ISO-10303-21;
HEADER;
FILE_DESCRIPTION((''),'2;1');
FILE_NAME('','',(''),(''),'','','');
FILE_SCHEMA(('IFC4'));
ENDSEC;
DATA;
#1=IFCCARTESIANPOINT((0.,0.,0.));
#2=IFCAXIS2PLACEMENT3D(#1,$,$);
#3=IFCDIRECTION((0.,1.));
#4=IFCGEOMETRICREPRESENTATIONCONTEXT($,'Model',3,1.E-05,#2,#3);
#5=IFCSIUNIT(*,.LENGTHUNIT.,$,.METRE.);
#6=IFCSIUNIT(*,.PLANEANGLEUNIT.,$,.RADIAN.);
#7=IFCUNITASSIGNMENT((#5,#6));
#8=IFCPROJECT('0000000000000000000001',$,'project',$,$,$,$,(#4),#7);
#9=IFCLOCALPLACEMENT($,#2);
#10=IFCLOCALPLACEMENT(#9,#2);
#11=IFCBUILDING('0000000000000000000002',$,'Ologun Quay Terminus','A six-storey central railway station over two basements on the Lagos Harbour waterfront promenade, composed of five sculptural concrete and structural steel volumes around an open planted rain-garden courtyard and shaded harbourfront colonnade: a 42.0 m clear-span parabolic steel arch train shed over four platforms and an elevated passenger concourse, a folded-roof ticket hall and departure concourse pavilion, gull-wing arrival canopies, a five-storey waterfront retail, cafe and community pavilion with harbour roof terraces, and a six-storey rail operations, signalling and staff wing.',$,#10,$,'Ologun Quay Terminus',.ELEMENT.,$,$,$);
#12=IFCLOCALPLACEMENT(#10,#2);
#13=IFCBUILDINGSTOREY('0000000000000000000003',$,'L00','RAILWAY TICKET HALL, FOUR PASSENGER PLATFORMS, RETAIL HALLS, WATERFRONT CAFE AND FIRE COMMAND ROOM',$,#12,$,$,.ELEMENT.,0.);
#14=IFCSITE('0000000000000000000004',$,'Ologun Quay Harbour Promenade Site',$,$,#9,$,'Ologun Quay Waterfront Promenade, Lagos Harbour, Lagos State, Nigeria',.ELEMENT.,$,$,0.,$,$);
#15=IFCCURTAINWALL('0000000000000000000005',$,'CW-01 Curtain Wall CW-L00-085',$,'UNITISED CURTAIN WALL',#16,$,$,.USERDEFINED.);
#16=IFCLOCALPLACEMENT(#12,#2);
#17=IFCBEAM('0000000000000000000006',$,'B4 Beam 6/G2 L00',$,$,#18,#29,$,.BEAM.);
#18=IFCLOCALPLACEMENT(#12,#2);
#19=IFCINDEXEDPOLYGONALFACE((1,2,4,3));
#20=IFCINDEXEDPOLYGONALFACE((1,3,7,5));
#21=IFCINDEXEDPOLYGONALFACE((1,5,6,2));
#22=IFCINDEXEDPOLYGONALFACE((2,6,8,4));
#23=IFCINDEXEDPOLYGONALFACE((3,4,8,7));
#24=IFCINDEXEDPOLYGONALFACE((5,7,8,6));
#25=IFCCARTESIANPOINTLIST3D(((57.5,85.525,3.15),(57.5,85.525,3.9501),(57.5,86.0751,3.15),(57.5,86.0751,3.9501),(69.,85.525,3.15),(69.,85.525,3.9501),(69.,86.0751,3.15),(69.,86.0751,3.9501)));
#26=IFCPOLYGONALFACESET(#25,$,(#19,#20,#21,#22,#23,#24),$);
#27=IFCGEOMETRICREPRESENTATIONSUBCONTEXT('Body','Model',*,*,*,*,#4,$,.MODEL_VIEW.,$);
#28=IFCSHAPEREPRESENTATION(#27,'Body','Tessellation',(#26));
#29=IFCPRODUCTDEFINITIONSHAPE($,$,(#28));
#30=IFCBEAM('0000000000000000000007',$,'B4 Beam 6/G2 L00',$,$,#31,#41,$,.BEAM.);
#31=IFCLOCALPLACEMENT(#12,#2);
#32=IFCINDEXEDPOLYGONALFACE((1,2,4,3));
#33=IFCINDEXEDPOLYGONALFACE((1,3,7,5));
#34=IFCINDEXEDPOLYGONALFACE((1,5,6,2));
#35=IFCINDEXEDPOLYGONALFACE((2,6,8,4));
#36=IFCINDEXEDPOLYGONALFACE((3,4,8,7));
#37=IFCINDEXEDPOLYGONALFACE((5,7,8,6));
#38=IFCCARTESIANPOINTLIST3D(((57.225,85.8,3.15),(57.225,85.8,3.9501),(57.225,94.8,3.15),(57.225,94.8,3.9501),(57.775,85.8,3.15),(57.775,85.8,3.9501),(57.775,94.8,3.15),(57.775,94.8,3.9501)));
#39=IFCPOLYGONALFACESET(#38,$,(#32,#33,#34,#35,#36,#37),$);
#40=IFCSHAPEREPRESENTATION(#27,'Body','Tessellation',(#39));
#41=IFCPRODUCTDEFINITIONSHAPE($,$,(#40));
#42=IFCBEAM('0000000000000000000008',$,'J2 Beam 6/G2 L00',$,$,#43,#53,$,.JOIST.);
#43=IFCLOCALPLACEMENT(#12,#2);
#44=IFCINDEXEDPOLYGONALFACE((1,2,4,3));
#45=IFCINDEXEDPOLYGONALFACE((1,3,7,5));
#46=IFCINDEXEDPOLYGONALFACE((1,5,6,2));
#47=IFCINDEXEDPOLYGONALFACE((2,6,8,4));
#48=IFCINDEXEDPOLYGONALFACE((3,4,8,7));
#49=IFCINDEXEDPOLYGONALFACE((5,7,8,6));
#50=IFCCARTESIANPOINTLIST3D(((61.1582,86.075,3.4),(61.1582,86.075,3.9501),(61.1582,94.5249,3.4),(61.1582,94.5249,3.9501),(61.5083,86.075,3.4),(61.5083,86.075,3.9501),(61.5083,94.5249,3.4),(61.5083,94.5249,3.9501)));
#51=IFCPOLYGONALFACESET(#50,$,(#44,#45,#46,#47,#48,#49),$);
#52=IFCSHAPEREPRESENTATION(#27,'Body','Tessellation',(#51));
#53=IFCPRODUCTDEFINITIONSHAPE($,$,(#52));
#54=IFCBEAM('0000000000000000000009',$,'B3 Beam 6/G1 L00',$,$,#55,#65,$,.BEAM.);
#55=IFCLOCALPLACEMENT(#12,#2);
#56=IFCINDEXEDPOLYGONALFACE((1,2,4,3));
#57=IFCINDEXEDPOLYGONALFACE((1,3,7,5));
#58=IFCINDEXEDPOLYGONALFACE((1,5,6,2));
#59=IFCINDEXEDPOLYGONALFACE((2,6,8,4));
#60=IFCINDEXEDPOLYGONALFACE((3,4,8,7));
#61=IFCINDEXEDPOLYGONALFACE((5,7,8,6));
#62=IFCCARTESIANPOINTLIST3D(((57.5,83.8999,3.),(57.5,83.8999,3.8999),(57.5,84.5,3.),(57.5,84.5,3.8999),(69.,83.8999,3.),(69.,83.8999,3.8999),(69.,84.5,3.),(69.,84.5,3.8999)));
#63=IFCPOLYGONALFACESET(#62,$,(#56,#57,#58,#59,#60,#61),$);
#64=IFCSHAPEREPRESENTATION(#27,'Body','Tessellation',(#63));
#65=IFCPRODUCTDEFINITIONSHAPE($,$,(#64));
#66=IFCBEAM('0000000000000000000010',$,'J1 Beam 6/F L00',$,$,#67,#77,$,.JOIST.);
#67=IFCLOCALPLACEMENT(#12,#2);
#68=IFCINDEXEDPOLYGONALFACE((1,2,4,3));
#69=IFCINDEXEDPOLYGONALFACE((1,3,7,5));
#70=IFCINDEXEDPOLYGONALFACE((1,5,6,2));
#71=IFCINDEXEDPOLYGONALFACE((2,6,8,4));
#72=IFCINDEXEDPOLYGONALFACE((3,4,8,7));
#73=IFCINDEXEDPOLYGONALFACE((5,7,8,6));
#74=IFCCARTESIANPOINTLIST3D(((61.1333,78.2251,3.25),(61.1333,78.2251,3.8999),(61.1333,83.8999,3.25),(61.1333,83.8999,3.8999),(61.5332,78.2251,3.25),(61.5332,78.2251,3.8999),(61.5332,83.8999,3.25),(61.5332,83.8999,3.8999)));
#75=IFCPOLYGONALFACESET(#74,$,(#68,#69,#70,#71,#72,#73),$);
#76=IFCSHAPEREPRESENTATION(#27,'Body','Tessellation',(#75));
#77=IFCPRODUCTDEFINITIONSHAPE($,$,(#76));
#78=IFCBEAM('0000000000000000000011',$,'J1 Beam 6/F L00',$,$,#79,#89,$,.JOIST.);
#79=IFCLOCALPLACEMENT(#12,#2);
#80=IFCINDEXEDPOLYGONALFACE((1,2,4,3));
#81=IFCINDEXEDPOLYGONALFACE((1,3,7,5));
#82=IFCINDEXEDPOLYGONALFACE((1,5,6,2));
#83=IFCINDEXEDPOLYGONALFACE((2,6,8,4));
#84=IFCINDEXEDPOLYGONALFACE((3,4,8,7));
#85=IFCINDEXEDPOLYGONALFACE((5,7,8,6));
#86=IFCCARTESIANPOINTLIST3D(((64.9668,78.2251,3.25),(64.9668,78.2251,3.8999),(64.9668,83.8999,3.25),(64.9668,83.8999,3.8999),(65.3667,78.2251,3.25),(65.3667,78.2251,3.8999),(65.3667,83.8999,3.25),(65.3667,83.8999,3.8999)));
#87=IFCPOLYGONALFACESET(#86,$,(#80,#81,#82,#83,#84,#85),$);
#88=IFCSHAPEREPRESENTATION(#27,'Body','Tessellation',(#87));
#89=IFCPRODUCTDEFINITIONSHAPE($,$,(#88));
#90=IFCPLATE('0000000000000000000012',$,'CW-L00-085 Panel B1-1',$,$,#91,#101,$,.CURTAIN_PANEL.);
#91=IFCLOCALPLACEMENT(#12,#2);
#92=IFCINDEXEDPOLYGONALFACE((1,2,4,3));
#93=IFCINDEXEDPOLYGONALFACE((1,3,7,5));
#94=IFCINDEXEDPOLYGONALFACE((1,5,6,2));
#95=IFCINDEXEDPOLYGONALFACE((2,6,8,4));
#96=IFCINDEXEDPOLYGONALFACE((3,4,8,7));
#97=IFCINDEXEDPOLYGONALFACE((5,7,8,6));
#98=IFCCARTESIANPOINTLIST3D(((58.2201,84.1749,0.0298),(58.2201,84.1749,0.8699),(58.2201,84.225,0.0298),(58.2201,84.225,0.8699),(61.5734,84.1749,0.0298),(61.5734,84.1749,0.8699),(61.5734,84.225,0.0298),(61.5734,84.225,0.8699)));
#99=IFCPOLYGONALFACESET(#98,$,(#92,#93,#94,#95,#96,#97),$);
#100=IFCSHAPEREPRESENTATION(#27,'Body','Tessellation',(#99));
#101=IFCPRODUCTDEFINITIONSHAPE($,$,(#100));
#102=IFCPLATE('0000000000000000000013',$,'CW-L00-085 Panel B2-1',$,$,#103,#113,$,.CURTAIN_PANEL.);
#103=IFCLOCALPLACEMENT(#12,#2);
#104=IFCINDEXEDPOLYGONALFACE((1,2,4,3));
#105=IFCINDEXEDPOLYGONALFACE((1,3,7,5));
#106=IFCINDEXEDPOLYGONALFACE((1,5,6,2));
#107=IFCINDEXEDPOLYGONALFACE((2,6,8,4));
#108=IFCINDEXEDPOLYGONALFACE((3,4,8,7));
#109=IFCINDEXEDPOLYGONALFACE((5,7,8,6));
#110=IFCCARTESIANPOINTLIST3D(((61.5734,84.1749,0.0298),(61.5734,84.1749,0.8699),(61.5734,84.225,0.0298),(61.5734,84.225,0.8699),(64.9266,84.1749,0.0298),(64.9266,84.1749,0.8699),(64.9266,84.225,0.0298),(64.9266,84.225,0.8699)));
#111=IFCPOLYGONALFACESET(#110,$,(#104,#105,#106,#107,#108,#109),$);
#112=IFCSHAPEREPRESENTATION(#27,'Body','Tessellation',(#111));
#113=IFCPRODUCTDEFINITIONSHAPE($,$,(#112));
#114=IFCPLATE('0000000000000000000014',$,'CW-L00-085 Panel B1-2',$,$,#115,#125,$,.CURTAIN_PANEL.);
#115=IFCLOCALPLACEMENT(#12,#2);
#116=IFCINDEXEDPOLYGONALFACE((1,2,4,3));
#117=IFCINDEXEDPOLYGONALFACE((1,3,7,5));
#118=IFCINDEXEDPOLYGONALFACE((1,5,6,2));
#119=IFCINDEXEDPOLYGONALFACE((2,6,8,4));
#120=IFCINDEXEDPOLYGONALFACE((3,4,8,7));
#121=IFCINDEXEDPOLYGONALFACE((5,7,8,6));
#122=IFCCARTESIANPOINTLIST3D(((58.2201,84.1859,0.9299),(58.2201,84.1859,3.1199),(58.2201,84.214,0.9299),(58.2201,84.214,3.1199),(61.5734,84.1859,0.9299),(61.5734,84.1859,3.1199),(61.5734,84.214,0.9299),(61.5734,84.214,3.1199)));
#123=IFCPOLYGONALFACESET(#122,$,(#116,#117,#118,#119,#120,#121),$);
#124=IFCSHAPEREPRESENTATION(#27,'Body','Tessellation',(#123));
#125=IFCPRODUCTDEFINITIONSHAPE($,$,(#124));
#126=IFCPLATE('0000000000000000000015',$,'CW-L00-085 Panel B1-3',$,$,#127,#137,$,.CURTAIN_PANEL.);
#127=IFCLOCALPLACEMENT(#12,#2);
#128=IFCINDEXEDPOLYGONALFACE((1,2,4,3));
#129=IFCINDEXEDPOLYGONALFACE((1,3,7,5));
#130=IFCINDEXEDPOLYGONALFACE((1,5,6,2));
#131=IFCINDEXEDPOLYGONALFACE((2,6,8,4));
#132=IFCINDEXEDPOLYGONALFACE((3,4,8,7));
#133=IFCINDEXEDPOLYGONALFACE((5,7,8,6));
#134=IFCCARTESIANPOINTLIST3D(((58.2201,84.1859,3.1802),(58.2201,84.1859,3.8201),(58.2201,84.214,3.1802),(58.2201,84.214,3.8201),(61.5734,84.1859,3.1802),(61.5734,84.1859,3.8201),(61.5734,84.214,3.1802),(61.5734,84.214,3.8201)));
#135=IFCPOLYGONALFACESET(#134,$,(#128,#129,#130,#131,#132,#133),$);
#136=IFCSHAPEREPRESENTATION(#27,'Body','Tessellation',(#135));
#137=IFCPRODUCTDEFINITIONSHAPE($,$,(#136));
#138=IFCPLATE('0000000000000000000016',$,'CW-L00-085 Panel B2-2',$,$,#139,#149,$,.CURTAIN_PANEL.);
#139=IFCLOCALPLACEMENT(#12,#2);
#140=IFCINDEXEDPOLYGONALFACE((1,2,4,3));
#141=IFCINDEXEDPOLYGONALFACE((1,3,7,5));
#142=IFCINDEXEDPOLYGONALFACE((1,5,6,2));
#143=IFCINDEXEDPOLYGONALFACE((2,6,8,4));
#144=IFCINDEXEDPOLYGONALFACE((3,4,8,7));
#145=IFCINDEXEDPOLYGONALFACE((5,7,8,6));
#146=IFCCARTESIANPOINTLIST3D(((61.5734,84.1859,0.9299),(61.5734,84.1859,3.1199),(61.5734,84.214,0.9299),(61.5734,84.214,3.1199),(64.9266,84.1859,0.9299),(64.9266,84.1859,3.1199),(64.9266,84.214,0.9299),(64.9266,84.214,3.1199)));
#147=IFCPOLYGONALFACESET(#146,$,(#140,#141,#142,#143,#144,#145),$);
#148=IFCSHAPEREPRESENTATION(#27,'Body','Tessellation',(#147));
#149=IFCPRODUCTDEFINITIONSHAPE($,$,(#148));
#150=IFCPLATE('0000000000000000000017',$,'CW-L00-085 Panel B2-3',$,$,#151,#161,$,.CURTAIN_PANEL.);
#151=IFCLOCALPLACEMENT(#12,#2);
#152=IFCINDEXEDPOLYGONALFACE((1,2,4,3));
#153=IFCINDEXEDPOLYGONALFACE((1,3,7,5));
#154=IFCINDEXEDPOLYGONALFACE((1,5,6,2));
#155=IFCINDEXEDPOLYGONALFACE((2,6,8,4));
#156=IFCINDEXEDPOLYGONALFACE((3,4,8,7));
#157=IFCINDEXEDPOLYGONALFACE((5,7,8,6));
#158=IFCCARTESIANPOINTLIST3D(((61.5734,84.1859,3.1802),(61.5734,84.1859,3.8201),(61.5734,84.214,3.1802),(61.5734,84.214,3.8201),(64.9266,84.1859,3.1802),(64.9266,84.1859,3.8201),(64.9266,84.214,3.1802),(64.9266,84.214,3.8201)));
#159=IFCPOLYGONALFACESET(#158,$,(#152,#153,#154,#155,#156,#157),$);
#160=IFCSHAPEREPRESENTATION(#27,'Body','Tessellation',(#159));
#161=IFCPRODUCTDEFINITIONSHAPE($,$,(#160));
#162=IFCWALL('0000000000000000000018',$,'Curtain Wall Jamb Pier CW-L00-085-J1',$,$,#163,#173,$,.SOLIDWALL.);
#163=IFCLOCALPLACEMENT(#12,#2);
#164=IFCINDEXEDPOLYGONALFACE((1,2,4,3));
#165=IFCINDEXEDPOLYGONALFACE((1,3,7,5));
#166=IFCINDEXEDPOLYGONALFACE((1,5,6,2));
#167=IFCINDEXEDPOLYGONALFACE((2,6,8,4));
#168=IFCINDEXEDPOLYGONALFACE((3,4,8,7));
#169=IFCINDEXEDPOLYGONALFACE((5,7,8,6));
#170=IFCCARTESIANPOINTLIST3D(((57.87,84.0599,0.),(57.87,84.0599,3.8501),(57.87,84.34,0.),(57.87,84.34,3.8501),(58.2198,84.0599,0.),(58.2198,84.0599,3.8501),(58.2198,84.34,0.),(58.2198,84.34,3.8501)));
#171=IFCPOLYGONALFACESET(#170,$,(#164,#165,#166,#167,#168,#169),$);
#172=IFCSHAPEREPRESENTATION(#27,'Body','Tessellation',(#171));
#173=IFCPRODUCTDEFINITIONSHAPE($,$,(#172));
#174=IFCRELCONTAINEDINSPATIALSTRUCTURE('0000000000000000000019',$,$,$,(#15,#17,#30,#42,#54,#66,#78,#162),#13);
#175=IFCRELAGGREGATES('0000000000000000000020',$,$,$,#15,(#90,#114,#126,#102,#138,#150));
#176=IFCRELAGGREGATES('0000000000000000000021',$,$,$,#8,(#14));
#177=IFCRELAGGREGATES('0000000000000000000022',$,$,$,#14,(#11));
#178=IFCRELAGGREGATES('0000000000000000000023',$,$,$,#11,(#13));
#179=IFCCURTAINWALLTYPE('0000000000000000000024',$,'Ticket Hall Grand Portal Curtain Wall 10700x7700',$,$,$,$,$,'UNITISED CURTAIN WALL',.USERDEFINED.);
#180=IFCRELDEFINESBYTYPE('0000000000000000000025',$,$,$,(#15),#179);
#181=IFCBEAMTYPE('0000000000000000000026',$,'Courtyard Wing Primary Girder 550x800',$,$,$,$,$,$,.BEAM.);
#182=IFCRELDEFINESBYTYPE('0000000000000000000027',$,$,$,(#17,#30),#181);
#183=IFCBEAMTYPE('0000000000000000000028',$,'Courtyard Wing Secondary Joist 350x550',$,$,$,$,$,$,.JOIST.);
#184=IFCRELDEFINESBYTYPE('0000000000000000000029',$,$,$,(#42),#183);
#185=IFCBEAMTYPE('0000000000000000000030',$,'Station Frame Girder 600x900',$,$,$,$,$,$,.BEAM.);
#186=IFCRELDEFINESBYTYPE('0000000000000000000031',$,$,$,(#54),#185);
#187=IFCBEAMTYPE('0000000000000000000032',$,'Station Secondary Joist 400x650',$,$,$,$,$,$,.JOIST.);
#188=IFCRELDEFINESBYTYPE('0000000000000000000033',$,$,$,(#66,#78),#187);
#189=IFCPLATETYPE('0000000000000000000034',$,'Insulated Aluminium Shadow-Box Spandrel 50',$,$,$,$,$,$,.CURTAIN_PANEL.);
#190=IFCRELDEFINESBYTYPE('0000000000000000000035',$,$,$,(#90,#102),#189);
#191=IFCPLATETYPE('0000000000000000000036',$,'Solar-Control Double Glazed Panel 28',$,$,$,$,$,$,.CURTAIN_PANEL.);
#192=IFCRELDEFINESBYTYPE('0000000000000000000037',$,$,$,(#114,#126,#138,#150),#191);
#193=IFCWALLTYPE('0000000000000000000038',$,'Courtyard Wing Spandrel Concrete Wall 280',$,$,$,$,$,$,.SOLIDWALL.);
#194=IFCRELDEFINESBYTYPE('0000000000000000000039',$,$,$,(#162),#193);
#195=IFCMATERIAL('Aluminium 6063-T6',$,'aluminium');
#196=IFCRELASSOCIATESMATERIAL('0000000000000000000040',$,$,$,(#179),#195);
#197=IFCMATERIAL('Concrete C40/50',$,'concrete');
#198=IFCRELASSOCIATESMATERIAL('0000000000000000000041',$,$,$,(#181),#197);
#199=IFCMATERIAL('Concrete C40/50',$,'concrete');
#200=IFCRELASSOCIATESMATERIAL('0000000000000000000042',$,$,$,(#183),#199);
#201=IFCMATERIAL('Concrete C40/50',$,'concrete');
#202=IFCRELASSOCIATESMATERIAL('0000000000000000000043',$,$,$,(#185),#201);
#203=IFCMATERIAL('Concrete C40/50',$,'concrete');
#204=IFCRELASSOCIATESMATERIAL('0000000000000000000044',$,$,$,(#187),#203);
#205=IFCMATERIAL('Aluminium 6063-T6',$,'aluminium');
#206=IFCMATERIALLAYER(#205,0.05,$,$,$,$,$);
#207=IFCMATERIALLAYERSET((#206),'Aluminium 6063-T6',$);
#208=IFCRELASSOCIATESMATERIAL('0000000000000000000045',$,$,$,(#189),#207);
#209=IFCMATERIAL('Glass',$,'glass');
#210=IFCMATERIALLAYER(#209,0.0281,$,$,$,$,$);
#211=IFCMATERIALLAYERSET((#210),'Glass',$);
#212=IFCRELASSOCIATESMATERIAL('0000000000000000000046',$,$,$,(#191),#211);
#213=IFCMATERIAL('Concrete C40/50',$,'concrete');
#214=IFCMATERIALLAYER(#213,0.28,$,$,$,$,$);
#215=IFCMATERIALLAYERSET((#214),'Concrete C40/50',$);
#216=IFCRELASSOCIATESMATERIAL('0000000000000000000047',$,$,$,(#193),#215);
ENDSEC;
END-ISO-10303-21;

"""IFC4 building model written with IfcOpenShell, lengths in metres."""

from ifc_helpers import new_model, si_unit, direction, frame, frame_2d, origin, origin_2d, place, context, subcontext, project, spatial, rectangle, extrude, material, layer, layer_set, material_profile, profile_set, type_object, element, aggregate, save


model = new_model("IFC4")

# Units and contexts
model_context = context("Model", 3, precision=1e-05, world=origin(), true_north=direction((0.0, 1.0)))
body_context = subcontext(model_context, "Body", "Model", "MODEL_VIEW")
ifc_project = project(units=[si_unit("LENGTHUNIT", "METRE"), si_unit("PLANEANGLEUNIT", "RADIAN")], contexts=[model_context])

# Site, building, storey
site_placement = place(None, origin())
site = spatial("IfcSite", under=ifc_project, at=site_placement, Name="Ologun Quay Harbour Promenade Site", LongName="Ologun Quay Waterfront Promenade, Lagos Harbour, Lagos State, Nigeria", CompositionType="ELEMENT", RefElevation=0.0)
building_placement = place(site_placement, origin())
building = spatial("IfcBuilding", under=site, at=building_placement, Name="Ologun Quay Terminus", Description="A six-storey central railway station over two basements on the Lagos Harbour waterfront promenade, composed of five sculptural concrete and structural steel volumes around an open planted rain-garden courtyard and shaded harbourfront colonnade: a 42.0 m clear-span parabolic steel arch train shed over four platforms and an elevated passenger concourse, a folded-roof ticket hall and departure concourse pavilion, gull-wing arrival canopies, a five-storey waterfront retail, cafe and community pavilion with harbour roof terraces, and a six-storey rail operations, signalling and staff wing.", LongName="Ologun Quay Terminus", CompositionType="ELEMENT")
storey_placement = place(building_placement, origin())
storey = spatial("IfcBuildingStorey", under=building, at=storey_placement, Name="L00", Description="RAILWAY TICKET HALL, FOUR PASSENGER PLATFORMS, RETAIL HALLS, WATERFRONT CAFE AND FIRE COMMAND ROOM", CompositionType="ELEMENT", Elevation=0.0)

# Curtain wall
ifc_material_1 = material(Name="Aluminium 6063-T6", Category="aluminium")
curtain_wall_type = type_object("IfcCurtainWallType", Name="Ticket Hall Grand Portal Curtain Wall 10700x7700", ElementType="UNITISED CURTAIN WALL", PredefinedType="USERDEFINED", material=ifc_material_1)
curtain_wall_placement = place(storey_placement, origin())
curtain_wall = element("IfcCurtainWall", 1, at=curtain_wall_placement, inside=storey, type_object=curtain_wall_type, Name="CW-01 Curtain Wall CW-L00-085", ObjectType="UNITISED CURTAIN WALL", PredefinedType="USERDEFINED")

# Beams
ifc_material_2 = material(Name="Concrete C40/50", Category="concrete")
ifc_material_profile_1 = material_profile(ifc_material_2, rectangle(XDim=0.55, YDim=0.8, at=origin_2d()), Name="RC 550x800")
ifc_profile_set_1 = profile_set([ifc_material_profile_1], Name="Concrete C40/50")
beam_type_1 = type_object("IfcBeamType", Name="Courtyard Wing Primary Girder 550x800", PredefinedType="BEAM", material=ifc_profile_set_1)
beam_1_placement = place(storey_placement, frame((57.5, 85.8, 3.55), z_axis=(1.0, 0.0, 0.0), x_axis=(0.0, 1.0, 0.0)))
element("IfcBeam", 2, at=beam_1_placement, inside=storey, type_object=beam_type_1, Name="B4 Beam 6/G2 L00", PredefinedType="BEAM", context=body_context, shape_type="SweptSolid", body=[
    extrude(rectangle(XDim=0.55, YDim=0.8, at=origin_2d()), origin(), (0.0, 0.0, 1.0), 11.5),
])
beam_2_placement = place(storey_placement, frame((57.5, 85.8, 3.55), z_axis=(0.0, 1.0, 0.0), x_axis=(-1.0, 0.0, 0.0)))
element("IfcBeam", 3, at=beam_2_placement, inside=storey, type_object=beam_type_1, Name="B4 Beam 6/G2 L00", PredefinedType="BEAM", context=body_context, shape_type="SweptSolid", body=[
    extrude(rectangle(XDim=0.55, YDim=0.8, at=origin_2d()), origin(), (0.0, 0.0, 1.0), 9.0),
])
ifc_material_3 = material(Name="Concrete C40/50", Category="concrete")
ifc_material_profile_2 = material_profile(ifc_material_3, rectangle(XDim=0.3501, YDim=0.55, at=origin_2d()), Name="RC 350x550")
ifc_profile_set_2 = profile_set([ifc_material_profile_2], Name="Concrete C40/50")
beam_type_2 = type_object("IfcBeamType", Name="Courtyard Wing Secondary Joist 350x550", PredefinedType="JOIST", material=ifc_profile_set_2)
beam_3_placement = place(storey_placement, frame((61.3333, 86.075, 3.675), z_axis=(0.0, 1.0, 0.0), x_axis=(-1.0, 0.0, 0.0)))
element("IfcBeam", 4, at=beam_3_placement, inside=storey, type_object=beam_type_2, Name="J2 Beam 6/G2 L00", PredefinedType="JOIST", context=body_context, shape_type="SweptSolid", body=[
    extrude(rectangle(XDim=0.3501, YDim=0.55, at=origin_2d()), origin(), (0.0, 0.0, 1.0), 8.45),
])
ifc_material_4 = material(Name="Concrete C40/50", Category="concrete")
ifc_material_profile_3 = material_profile(ifc_material_4, rectangle(XDim=0.6001, YDim=0.8999, at=origin_2d()), Name="RC 600x900")
ifc_profile_set_3 = profile_set([ifc_material_profile_3], Name="Concrete C40/50")
beam_type_3 = type_object("IfcBeamType", Name="Station Frame Girder 600x900", PredefinedType="BEAM", material=ifc_profile_set_3)
beam_4_placement = place(storey_placement, frame((57.5, 84.2, 3.45), z_axis=(1.0, 0.0, 0.0), x_axis=(0.0, 1.0, 0.0)))
element("IfcBeam", 5, at=beam_4_placement, inside=storey, type_object=beam_type_3, Name="B3 Beam 6/G1 L00", PredefinedType="BEAM", context=body_context, shape_type="SweptSolid", body=[
    extrude(rectangle(XDim=0.6001, YDim=0.8999, at=origin_2d()), origin(), (0.0, 0.0, 1.0), 11.5),
])
ifc_material_5 = material(Name="Concrete C40/50", Category="concrete")
ifc_material_profile_4 = material_profile(ifc_material_5, rectangle(XDim=0.3999, YDim=0.6499, at=origin_2d()), Name="RC 400x650")
ifc_profile_set_4 = profile_set([ifc_material_profile_4], Name="Concrete C40/50")
beam_type_4 = type_object("IfcBeamType", Name="Station Secondary Joist 400x650", PredefinedType="JOIST", material=ifc_profile_set_4)
for number, where, z_axis, x_axis, name in (
    (6, (61.3333, 78.2251, 3.575), (0.0, 1.0, 0.0), (-1.0, 0.0, 0.0), "J1 Beam 6/F L00"),
    (7, (65.1667, 78.2251, 3.575), (0.0, 1.0, 0.0), (-1.0, 0.0, 0.0), "J1 Beam 6/F L00"),
):
    element("IfcBeam", number, at=place(storey_placement, frame(where, z_axis=z_axis, x_axis=x_axis)), inside=storey, type_object=beam_type_4, Name=name, PredefinedType="JOIST", context=body_context, shape_type="SweptSolid", body=[
        extrude(rectangle(XDim=0.3999, YDim=0.6499, at=origin_2d()), origin(), (0.0, 0.0, 1.0), 5.6748),
    ])

# Plates
ifc_material_6 = material(Name="Aluminium 6063-T6", Category="aluminium")
ifc_layer_1 = layer(ifc_material_6, 0.05)
ifc_layer_set_1 = layer_set([ifc_layer_1], Name="Aluminium 6063-T6")
plate_type_1 = type_object("IfcPlateType", Name="Insulated Aluminium Shadow-Box Spandrel 50", PredefinedType="CURTAIN_PANEL", material=ifc_layer_set_1)
plate_1_placement = place(storey_placement, frame((59.8967, 84.2, 0.0298), z_axis=(0.0, 0.0, 1.0), x_axis=(1.0, 0.0, 0.0)))
plate_1 = element("IfcPlate", 8, at=plate_1_placement, type_object=plate_type_1, Name="CW-L00-085 Panel B1-1", PredefinedType="CURTAIN_PANEL", context=body_context, shape_type="SweptSolid", body=[
    extrude(rectangle(XDim=3.3533, YDim=0.05, at=origin_2d()), origin(), (0.0, 0.0, 1.0), 0.8401),
])
plate_2_placement = place(storey_placement, frame((63.25, 84.2, 0.0298), z_axis=(0.0, 0.0, 1.0), x_axis=(1.0, 0.0, 0.0)))
plate_2 = element("IfcPlate", 9, at=plate_2_placement, type_object=plate_type_1, Name="CW-L00-085 Panel B2-1", PredefinedType="CURTAIN_PANEL", context=body_context, shape_type="SweptSolid", body=[
    extrude(rectangle(XDim=3.3533, YDim=0.05, at=origin_2d()), origin(), (0.0, 0.0, 1.0), 0.8401),
])
ifc_material_7 = material(Name="Glass", Category="glass")
ifc_layer_2 = layer(ifc_material_7, 0.0281)
ifc_layer_set_2 = layer_set([ifc_layer_2], Name="Glass")
plate_type_2 = type_object("IfcPlateType", Name="Solar-Control Double Glazed Panel 28", PredefinedType="CURTAIN_PANEL", material=ifc_layer_set_2)
plate_3_placement = place(storey_placement, frame((59.8967, 84.2, 0.9299), z_axis=(0.0, 0.0, 1.0), x_axis=(1.0, 0.0, 0.0)))
plate_3 = element("IfcPlate", 10, at=plate_3_placement, type_object=plate_type_2, Name="CW-L00-085 Panel B1-2", PredefinedType="CURTAIN_PANEL", context=body_context, shape_type="SweptSolid", body=[
    extrude(rectangle(XDim=3.3533, YDim=0.0281, at=origin_2d()), origin(), (0.0, 0.0, 1.0), 2.1899),
])
plate_4_placement = place(storey_placement, frame((59.8967, 84.2, 3.1802), z_axis=(0.0, 0.0, 1.0), x_axis=(1.0, 0.0, 0.0)))
plate_4 = element("IfcPlate", 11, at=plate_4_placement, type_object=plate_type_2, Name="CW-L00-085 Panel B1-3", PredefinedType="CURTAIN_PANEL", context=body_context, shape_type="SweptSolid", body=[
    extrude(rectangle(XDim=3.3533, YDim=0.0281, at=origin_2d()), origin(), (0.0, 0.0, 1.0), 0.6399),
])
plate_5_placement = place(storey_placement, frame((63.25, 84.2, 0.9299), z_axis=(0.0, 0.0, 1.0), x_axis=(1.0, 0.0, 0.0)))
plate_5 = element("IfcPlate", 12, at=plate_5_placement, type_object=plate_type_2, Name="CW-L00-085 Panel B2-2", PredefinedType="CURTAIN_PANEL", context=body_context, shape_type="SweptSolid", body=[
    extrude(rectangle(XDim=3.3533, YDim=0.0281, at=origin_2d()), origin(), (0.0, 0.0, 1.0), 2.1899),
])
plate_6_placement = place(storey_placement, frame((63.25, 84.2, 3.1802), z_axis=(0.0, 0.0, 1.0), x_axis=(1.0, 0.0, 0.0)))
plate_6 = element("IfcPlate", 13, at=plate_6_placement, type_object=plate_type_2, Name="CW-L00-085 Panel B2-3", PredefinedType="CURTAIN_PANEL", context=body_context, shape_type="SweptSolid", body=[
    extrude(rectangle(XDim=3.3533, YDim=0.0281, at=origin_2d()), origin(), (0.0, 0.0, 1.0), 0.6399),
])
aggregate(curtain_wall, [plate_1, plate_3, plate_4, plate_2, plate_5, plate_6])

# Wall
ifc_material_8 = material(Name="Concrete C40/50", Category="concrete")
ifc_layer_3 = layer(ifc_material_8, 0.28)
ifc_layer_set_3 = layer_set([ifc_layer_3], Name="Concrete C40/50")
wall_type_1 = type_object("IfcWallType", Name="Courtyard Wing Spandrel Concrete Wall 280", PredefinedType="SOLIDWALL", material=ifc_layer_set_3)
wall_1_placement = place(storey_placement, frame((57.8701, 84.2, 0.0), z_axis=(0.0, 0.0, 1.0), x_axis=(1.0, 0.0, 0.0)))
element("IfcWall", 14, at=wall_1_placement, inside=storey, type_object=wall_type_1, Name="Curtain Wall Jamb Pier CW-L00-085-J1", PredefinedType="SOLIDWALL", context=body_context, shape_type="SweptSolid", body=[
    extrude(rectangle(XDim=0.3499, YDim=0.28, at=frame_2d((0.1748, 0.0))), origin(), (0.0, 0.0, 1.0), 3.8501),
])

save(model, "model.ifc")
